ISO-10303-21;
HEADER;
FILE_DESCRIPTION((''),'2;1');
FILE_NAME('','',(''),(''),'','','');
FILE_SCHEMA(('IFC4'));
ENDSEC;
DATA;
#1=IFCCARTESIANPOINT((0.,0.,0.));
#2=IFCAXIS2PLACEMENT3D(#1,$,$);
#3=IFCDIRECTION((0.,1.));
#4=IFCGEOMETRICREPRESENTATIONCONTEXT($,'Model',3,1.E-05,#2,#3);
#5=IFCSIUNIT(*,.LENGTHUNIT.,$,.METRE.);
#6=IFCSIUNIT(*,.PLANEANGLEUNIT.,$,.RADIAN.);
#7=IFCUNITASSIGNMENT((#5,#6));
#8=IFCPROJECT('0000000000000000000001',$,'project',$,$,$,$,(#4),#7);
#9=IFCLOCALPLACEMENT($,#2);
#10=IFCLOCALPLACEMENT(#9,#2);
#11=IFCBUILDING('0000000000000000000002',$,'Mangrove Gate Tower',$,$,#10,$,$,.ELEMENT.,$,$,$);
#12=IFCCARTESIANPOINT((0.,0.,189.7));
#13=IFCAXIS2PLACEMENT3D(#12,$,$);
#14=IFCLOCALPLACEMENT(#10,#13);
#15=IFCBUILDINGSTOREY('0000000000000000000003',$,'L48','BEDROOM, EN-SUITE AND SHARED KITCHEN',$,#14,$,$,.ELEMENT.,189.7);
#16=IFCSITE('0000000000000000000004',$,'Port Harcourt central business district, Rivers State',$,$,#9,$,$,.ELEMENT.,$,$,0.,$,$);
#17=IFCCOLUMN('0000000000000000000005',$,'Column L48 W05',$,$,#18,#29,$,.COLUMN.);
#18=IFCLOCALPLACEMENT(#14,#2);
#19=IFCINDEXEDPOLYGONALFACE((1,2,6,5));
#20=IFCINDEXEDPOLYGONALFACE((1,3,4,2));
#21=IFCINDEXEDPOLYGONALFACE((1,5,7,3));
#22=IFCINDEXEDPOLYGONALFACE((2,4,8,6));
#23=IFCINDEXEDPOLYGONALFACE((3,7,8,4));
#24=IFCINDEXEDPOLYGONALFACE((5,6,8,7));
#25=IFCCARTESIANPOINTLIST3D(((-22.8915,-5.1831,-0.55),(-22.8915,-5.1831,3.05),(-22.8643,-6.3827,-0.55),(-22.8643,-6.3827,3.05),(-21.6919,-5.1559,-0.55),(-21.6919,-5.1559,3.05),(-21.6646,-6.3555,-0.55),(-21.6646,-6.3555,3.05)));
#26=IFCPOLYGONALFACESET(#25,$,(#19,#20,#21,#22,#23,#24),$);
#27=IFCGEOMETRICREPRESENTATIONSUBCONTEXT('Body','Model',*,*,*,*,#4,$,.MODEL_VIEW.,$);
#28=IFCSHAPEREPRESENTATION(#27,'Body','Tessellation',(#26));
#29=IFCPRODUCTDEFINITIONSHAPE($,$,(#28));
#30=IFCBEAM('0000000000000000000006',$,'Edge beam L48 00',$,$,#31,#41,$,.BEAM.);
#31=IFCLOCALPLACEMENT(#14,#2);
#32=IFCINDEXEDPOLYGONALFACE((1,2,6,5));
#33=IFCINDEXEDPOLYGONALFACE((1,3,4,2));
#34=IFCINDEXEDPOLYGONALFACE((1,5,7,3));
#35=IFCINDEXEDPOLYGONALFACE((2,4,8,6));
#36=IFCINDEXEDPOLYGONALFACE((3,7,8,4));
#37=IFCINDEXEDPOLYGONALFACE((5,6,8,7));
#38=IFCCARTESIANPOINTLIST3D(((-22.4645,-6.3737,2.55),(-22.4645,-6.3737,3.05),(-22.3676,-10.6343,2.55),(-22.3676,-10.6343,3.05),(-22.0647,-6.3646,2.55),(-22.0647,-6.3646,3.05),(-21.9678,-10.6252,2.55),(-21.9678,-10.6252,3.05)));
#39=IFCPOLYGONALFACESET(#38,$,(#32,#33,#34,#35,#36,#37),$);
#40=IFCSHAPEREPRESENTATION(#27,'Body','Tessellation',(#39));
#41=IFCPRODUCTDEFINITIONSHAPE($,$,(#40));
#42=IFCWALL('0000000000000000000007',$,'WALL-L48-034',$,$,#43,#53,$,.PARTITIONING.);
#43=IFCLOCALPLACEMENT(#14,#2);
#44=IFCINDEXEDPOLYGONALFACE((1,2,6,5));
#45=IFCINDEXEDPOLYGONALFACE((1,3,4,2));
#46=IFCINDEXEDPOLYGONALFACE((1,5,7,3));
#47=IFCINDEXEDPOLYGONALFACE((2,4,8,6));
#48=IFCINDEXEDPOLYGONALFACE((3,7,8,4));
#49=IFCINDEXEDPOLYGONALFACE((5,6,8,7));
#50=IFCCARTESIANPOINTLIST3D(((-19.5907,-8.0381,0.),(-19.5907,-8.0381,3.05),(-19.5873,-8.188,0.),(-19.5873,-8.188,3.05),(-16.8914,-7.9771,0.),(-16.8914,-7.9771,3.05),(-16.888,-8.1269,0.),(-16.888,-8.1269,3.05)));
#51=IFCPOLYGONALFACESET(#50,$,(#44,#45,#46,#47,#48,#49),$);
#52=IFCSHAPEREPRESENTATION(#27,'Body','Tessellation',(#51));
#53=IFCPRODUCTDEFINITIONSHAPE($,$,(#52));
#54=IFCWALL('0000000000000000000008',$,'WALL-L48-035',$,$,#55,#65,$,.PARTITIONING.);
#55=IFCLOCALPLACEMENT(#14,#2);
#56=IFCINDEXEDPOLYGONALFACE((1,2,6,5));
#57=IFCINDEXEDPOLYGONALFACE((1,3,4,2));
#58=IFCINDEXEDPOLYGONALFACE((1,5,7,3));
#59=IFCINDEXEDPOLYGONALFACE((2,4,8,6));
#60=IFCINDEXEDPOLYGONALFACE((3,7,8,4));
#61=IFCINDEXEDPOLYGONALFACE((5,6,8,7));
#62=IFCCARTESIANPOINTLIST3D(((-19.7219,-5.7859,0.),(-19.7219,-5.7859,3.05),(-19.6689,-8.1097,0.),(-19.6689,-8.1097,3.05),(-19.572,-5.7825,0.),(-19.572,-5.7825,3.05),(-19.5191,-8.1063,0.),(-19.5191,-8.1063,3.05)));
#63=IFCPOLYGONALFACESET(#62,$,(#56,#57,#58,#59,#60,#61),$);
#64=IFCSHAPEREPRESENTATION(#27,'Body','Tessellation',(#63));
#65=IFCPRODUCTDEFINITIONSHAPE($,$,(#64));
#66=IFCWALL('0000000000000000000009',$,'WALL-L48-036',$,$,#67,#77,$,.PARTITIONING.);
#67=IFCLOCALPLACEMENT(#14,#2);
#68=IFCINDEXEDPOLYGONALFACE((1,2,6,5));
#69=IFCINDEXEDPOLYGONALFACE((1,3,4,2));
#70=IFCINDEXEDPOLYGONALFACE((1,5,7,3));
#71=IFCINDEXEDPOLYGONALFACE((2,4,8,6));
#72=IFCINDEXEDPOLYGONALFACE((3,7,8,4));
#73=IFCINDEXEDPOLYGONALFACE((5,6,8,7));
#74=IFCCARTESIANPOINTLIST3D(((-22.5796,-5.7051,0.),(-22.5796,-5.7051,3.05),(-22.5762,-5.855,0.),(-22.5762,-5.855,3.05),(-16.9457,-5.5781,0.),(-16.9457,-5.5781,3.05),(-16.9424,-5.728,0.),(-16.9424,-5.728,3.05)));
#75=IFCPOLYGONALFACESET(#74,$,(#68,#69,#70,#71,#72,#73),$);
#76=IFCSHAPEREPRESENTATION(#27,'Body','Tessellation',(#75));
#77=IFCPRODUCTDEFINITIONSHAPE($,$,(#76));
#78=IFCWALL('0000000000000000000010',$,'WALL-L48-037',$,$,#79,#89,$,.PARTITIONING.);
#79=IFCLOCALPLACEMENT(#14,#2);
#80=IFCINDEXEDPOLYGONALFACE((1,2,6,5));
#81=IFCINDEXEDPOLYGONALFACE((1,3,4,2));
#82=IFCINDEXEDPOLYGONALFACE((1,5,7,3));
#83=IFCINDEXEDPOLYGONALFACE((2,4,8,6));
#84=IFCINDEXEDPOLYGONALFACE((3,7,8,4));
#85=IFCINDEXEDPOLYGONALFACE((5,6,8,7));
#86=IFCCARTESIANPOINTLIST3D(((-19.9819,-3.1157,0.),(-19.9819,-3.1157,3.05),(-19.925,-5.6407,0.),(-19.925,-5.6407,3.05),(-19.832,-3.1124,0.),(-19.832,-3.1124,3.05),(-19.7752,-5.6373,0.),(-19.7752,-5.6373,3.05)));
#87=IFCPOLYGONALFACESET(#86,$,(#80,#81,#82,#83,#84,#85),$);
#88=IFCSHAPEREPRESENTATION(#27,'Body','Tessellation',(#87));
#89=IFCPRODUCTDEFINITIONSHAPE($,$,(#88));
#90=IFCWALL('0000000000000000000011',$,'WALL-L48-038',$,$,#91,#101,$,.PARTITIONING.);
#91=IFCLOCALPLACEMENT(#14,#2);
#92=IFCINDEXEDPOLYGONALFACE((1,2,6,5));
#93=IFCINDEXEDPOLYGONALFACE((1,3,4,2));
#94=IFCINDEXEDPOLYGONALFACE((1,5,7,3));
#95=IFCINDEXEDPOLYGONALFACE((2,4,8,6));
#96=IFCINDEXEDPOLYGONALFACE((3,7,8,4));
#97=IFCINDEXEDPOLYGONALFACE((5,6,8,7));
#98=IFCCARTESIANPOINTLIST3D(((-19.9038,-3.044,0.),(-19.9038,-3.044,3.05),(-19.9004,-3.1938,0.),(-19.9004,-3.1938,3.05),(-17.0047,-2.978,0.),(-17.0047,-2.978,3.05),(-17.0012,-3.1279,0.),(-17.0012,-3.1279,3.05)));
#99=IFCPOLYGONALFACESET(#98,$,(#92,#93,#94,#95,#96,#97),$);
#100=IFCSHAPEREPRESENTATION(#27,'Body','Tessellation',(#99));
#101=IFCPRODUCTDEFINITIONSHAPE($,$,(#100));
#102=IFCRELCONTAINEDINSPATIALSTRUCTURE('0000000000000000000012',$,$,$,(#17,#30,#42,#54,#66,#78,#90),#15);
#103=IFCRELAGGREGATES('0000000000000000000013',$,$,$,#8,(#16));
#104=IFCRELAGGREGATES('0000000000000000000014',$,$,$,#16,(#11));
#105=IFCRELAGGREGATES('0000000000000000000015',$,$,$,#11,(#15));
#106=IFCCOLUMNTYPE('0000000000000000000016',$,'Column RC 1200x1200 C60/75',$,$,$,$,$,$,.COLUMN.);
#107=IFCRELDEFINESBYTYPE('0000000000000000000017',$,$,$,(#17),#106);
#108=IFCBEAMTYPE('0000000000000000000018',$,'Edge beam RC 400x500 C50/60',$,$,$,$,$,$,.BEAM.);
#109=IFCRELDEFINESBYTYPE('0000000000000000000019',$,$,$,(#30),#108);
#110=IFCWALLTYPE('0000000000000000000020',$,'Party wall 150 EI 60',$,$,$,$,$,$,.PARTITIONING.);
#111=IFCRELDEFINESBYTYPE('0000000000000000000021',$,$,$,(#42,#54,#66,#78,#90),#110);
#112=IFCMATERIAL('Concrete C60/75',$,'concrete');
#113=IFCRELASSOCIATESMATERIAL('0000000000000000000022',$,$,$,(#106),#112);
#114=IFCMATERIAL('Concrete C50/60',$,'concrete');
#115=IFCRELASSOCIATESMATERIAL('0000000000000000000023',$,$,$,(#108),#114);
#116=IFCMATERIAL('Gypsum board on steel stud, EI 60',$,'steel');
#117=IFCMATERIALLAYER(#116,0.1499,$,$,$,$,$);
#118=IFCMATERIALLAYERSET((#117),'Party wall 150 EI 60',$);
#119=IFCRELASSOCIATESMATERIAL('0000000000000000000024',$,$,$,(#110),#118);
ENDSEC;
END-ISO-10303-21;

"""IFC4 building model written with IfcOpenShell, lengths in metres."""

from ifc_helpers import new_model, si_unit, direction, frame, frame_2d, origin, origin_2d, place, context, subcontext, project, spatial, rectangle, extrude, material, layer, layer_set, material_profile, profile_set, type_object, element, save


model = new_model("IFC4")

# Units and contexts
model_context = context("Model", 3, precision=1e-05, world=origin(), true_north=direction((0.0, 1.0)))
body_context = subcontext(model_context, "Body", "Model", "MODEL_VIEW")
ifc_project = project(units=[si_unit("LENGTHUNIT", "METRE"), si_unit("PLANEANGLEUNIT", "RADIAN")], contexts=[model_context])

# Site, building, storey
site_placement = place(None, origin())
site = spatial("IfcSite", under=ifc_project, at=site_placement, Name="Port Harcourt central business district, Rivers State", CompositionType="ELEMENT", RefElevation=0.0)
building_placement = place(site_placement, origin())
building = spatial("IfcBuilding", under=site, at=building_placement, Name="Mangrove Gate Tower", CompositionType="ELEMENT")
storey_placement = place(building_placement, frame((0.0, 0.0, 189.7)))
storey = spatial("IfcBuildingStorey", under=building, at=storey_placement, Name="L48", Description="BEDROOM, EN-SUITE AND SHARED KITCHEN", CompositionType="ELEMENT", Elevation=189.7)

# Column
ifc_material_1 = material(Name="Concrete C60/75", Category="concrete")
ifc_material_profile_1 = material_profile(ifc_material_1, rectangle(XDim=1.2, YDim=1.2, at=origin_2d()))
ifc_profile_set_1 = profile_set([ifc_material_profile_1], Name="Concrete C60/75")
column_type = type_object("IfcColumnType", Name="Column RC 1200x1200 C60/75", PredefinedType="COLUMN", material=ifc_profile_set_1)
column_placement = place(storey_placement, frame((-22.2781, -5.7693, -0.55), z_axis=(0.0, 0.0, 1.0), x_axis=(0.022693, -0.999742, 0.0)))
element("IfcColumn", 1, at=column_placement, inside=storey, type_object=column_type, Name="Column L48 W05", PredefinedType="COLUMN", context=body_context, shape_type="SweptSolid", body=[
    extrude(rectangle(XDim=1.2, YDim=1.2, at=origin_2d()), origin(), (0.0, 0.0, 1.0), 3.6001),
])

# Beam
ifc_material_2 = material(Name="Concrete C50/60", Category="concrete")
ifc_material_profile_2 = material_profile(ifc_material_2, rectangle(XDim=0.3999, YDim=0.5, at=origin_2d()))
ifc_profile_set_2 = profile_set([ifc_material_profile_2], Name="Concrete C50/60")
beam_type = type_object("IfcBeamType", Name="Edge beam RC 400x500 C50/60", PredefinedType="BEAM", material=ifc_profile_set_2)
beam_placement = place(storey_placement, frame((-22.2646, -6.3691, 2.8), z_axis=(0.022744, -0.999741, 0.0), x_axis=(0.999741, 0.022744, 0.0)))
element("IfcBeam", 2, at=beam_placement, inside=storey, type_object=beam_type, Name="Edge beam L48 00", PredefinedType="BEAM", context=body_context, shape_type="SweptSolid", body=[
    extrude(rectangle(XDim=0.3999, YDim=0.5, at=origin_2d()), origin(), (0.0, 0.0, 1.0), 4.2617),
])

# Walls
ifc_material_3 = material(Name="Gypsum board on steel stud, EI 60", Category="steel")
ifc_layer_1 = layer(ifc_material_3, 0.1499)
ifc_layer_set_1 = layer_set([ifc_layer_1], Name="Party wall 150 EI 60")
wall_type_1 = type_object("IfcWallType", Name="Party wall 150 EI 60", PredefinedType="PARTITIONING", material=ifc_layer_set_1)
wall_1_placement = place(storey_placement, frame((-19.5891, -8.113, 0.0), z_axis=(0.0, 0.0, 1.0), x_axis=(0.999744, 0.022606, 0.0)))
element("IfcWall", 3, at=wall_1_placement, inside=storey, type_object=wall_type_1, Name="WALL-L48-034", PredefinedType="PARTITIONING", context=body_context, shape_type="SweptSolid", body=[
    extrude(rectangle(XDim=2.7, YDim=0.1499, at=frame_2d((1.3501, 0.0))), origin(), (0.0, 0.0, 1.0), 3.05),
])
wall_2_placement = place(storey_placement, frame((-19.594, -8.1079, 0.0), z_axis=(0.0, 0.0, 1.0), x_axis=(-0.022791, 0.99974, 0.0)))
element("IfcWall", 4, at=wall_2_placement, inside=storey, type_object=wall_type_1, Name="WALL-L48-035", PredefinedType="PARTITIONING", context=body_context, shape_type="SweptSolid", body=[
    extrude(rectangle(XDim=2.3245, YDim=0.1499, at=frame_2d((1.1621, 0.0))), origin(), (0.0, 0.0, 1.0), 3.05),
])
wall_3_placement = place(storey_placement, frame((-22.5779, -5.78, 0.0), z_axis=(0.0, 0.0, 1.0), x_axis=(0.999746, 0.022529, 0.0)))
element("IfcWall", 5, at=wall_3_placement, inside=storey, type_object=wall_type_1, Name="WALL-L48-036", PredefinedType="PARTITIONING", context=body_context, shape_type="SweptSolid", body=[
    extrude(rectangle(XDim=5.6353, YDim=0.1499, at=frame_2d((2.8176, 0.0))), origin(), (0.0, 0.0, 1.0), 3.05),
])
wall_4_placement = place(storey_placement, frame((-19.8501, -5.6389, 0.0), z_axis=(0.0, 0.0, 1.0), x_axis=(-0.022524, 0.999746, 0.0)))
element("IfcWall", 6, at=wall_4_placement, inside=storey, type_object=wall_type_1, Name="WALL-L48-037", PredefinedType="PARTITIONING", context=body_context, shape_type="SweptSolid", body=[
    extrude(rectangle(XDim=2.5256, YDim=0.1499, at=frame_2d((1.2627, 0.0))), origin(), (0.0, 0.0, 1.0), 3.05),
])
wall_5_placement = place(storey_placement, frame((-19.9021, -3.1189, 0.0), z_axis=(0.0, 0.0, 1.0), x_axis=(0.999742, 0.022731, 0.0)))
element("IfcWall", 7, at=wall_5_placement, inside=storey, type_object=wall_type_1, Name="WALL-L48-038", PredefinedType="PARTITIONING", context=body_context, shape_type="SweptSolid", body=[
    extrude(rectangle(XDim=2.8999, YDim=0.1499, at=frame_2d((1.45, 0.0))), origin(), (0.0, 0.0, 1.0), 3.05),
])

save(model, "model.ifc")
